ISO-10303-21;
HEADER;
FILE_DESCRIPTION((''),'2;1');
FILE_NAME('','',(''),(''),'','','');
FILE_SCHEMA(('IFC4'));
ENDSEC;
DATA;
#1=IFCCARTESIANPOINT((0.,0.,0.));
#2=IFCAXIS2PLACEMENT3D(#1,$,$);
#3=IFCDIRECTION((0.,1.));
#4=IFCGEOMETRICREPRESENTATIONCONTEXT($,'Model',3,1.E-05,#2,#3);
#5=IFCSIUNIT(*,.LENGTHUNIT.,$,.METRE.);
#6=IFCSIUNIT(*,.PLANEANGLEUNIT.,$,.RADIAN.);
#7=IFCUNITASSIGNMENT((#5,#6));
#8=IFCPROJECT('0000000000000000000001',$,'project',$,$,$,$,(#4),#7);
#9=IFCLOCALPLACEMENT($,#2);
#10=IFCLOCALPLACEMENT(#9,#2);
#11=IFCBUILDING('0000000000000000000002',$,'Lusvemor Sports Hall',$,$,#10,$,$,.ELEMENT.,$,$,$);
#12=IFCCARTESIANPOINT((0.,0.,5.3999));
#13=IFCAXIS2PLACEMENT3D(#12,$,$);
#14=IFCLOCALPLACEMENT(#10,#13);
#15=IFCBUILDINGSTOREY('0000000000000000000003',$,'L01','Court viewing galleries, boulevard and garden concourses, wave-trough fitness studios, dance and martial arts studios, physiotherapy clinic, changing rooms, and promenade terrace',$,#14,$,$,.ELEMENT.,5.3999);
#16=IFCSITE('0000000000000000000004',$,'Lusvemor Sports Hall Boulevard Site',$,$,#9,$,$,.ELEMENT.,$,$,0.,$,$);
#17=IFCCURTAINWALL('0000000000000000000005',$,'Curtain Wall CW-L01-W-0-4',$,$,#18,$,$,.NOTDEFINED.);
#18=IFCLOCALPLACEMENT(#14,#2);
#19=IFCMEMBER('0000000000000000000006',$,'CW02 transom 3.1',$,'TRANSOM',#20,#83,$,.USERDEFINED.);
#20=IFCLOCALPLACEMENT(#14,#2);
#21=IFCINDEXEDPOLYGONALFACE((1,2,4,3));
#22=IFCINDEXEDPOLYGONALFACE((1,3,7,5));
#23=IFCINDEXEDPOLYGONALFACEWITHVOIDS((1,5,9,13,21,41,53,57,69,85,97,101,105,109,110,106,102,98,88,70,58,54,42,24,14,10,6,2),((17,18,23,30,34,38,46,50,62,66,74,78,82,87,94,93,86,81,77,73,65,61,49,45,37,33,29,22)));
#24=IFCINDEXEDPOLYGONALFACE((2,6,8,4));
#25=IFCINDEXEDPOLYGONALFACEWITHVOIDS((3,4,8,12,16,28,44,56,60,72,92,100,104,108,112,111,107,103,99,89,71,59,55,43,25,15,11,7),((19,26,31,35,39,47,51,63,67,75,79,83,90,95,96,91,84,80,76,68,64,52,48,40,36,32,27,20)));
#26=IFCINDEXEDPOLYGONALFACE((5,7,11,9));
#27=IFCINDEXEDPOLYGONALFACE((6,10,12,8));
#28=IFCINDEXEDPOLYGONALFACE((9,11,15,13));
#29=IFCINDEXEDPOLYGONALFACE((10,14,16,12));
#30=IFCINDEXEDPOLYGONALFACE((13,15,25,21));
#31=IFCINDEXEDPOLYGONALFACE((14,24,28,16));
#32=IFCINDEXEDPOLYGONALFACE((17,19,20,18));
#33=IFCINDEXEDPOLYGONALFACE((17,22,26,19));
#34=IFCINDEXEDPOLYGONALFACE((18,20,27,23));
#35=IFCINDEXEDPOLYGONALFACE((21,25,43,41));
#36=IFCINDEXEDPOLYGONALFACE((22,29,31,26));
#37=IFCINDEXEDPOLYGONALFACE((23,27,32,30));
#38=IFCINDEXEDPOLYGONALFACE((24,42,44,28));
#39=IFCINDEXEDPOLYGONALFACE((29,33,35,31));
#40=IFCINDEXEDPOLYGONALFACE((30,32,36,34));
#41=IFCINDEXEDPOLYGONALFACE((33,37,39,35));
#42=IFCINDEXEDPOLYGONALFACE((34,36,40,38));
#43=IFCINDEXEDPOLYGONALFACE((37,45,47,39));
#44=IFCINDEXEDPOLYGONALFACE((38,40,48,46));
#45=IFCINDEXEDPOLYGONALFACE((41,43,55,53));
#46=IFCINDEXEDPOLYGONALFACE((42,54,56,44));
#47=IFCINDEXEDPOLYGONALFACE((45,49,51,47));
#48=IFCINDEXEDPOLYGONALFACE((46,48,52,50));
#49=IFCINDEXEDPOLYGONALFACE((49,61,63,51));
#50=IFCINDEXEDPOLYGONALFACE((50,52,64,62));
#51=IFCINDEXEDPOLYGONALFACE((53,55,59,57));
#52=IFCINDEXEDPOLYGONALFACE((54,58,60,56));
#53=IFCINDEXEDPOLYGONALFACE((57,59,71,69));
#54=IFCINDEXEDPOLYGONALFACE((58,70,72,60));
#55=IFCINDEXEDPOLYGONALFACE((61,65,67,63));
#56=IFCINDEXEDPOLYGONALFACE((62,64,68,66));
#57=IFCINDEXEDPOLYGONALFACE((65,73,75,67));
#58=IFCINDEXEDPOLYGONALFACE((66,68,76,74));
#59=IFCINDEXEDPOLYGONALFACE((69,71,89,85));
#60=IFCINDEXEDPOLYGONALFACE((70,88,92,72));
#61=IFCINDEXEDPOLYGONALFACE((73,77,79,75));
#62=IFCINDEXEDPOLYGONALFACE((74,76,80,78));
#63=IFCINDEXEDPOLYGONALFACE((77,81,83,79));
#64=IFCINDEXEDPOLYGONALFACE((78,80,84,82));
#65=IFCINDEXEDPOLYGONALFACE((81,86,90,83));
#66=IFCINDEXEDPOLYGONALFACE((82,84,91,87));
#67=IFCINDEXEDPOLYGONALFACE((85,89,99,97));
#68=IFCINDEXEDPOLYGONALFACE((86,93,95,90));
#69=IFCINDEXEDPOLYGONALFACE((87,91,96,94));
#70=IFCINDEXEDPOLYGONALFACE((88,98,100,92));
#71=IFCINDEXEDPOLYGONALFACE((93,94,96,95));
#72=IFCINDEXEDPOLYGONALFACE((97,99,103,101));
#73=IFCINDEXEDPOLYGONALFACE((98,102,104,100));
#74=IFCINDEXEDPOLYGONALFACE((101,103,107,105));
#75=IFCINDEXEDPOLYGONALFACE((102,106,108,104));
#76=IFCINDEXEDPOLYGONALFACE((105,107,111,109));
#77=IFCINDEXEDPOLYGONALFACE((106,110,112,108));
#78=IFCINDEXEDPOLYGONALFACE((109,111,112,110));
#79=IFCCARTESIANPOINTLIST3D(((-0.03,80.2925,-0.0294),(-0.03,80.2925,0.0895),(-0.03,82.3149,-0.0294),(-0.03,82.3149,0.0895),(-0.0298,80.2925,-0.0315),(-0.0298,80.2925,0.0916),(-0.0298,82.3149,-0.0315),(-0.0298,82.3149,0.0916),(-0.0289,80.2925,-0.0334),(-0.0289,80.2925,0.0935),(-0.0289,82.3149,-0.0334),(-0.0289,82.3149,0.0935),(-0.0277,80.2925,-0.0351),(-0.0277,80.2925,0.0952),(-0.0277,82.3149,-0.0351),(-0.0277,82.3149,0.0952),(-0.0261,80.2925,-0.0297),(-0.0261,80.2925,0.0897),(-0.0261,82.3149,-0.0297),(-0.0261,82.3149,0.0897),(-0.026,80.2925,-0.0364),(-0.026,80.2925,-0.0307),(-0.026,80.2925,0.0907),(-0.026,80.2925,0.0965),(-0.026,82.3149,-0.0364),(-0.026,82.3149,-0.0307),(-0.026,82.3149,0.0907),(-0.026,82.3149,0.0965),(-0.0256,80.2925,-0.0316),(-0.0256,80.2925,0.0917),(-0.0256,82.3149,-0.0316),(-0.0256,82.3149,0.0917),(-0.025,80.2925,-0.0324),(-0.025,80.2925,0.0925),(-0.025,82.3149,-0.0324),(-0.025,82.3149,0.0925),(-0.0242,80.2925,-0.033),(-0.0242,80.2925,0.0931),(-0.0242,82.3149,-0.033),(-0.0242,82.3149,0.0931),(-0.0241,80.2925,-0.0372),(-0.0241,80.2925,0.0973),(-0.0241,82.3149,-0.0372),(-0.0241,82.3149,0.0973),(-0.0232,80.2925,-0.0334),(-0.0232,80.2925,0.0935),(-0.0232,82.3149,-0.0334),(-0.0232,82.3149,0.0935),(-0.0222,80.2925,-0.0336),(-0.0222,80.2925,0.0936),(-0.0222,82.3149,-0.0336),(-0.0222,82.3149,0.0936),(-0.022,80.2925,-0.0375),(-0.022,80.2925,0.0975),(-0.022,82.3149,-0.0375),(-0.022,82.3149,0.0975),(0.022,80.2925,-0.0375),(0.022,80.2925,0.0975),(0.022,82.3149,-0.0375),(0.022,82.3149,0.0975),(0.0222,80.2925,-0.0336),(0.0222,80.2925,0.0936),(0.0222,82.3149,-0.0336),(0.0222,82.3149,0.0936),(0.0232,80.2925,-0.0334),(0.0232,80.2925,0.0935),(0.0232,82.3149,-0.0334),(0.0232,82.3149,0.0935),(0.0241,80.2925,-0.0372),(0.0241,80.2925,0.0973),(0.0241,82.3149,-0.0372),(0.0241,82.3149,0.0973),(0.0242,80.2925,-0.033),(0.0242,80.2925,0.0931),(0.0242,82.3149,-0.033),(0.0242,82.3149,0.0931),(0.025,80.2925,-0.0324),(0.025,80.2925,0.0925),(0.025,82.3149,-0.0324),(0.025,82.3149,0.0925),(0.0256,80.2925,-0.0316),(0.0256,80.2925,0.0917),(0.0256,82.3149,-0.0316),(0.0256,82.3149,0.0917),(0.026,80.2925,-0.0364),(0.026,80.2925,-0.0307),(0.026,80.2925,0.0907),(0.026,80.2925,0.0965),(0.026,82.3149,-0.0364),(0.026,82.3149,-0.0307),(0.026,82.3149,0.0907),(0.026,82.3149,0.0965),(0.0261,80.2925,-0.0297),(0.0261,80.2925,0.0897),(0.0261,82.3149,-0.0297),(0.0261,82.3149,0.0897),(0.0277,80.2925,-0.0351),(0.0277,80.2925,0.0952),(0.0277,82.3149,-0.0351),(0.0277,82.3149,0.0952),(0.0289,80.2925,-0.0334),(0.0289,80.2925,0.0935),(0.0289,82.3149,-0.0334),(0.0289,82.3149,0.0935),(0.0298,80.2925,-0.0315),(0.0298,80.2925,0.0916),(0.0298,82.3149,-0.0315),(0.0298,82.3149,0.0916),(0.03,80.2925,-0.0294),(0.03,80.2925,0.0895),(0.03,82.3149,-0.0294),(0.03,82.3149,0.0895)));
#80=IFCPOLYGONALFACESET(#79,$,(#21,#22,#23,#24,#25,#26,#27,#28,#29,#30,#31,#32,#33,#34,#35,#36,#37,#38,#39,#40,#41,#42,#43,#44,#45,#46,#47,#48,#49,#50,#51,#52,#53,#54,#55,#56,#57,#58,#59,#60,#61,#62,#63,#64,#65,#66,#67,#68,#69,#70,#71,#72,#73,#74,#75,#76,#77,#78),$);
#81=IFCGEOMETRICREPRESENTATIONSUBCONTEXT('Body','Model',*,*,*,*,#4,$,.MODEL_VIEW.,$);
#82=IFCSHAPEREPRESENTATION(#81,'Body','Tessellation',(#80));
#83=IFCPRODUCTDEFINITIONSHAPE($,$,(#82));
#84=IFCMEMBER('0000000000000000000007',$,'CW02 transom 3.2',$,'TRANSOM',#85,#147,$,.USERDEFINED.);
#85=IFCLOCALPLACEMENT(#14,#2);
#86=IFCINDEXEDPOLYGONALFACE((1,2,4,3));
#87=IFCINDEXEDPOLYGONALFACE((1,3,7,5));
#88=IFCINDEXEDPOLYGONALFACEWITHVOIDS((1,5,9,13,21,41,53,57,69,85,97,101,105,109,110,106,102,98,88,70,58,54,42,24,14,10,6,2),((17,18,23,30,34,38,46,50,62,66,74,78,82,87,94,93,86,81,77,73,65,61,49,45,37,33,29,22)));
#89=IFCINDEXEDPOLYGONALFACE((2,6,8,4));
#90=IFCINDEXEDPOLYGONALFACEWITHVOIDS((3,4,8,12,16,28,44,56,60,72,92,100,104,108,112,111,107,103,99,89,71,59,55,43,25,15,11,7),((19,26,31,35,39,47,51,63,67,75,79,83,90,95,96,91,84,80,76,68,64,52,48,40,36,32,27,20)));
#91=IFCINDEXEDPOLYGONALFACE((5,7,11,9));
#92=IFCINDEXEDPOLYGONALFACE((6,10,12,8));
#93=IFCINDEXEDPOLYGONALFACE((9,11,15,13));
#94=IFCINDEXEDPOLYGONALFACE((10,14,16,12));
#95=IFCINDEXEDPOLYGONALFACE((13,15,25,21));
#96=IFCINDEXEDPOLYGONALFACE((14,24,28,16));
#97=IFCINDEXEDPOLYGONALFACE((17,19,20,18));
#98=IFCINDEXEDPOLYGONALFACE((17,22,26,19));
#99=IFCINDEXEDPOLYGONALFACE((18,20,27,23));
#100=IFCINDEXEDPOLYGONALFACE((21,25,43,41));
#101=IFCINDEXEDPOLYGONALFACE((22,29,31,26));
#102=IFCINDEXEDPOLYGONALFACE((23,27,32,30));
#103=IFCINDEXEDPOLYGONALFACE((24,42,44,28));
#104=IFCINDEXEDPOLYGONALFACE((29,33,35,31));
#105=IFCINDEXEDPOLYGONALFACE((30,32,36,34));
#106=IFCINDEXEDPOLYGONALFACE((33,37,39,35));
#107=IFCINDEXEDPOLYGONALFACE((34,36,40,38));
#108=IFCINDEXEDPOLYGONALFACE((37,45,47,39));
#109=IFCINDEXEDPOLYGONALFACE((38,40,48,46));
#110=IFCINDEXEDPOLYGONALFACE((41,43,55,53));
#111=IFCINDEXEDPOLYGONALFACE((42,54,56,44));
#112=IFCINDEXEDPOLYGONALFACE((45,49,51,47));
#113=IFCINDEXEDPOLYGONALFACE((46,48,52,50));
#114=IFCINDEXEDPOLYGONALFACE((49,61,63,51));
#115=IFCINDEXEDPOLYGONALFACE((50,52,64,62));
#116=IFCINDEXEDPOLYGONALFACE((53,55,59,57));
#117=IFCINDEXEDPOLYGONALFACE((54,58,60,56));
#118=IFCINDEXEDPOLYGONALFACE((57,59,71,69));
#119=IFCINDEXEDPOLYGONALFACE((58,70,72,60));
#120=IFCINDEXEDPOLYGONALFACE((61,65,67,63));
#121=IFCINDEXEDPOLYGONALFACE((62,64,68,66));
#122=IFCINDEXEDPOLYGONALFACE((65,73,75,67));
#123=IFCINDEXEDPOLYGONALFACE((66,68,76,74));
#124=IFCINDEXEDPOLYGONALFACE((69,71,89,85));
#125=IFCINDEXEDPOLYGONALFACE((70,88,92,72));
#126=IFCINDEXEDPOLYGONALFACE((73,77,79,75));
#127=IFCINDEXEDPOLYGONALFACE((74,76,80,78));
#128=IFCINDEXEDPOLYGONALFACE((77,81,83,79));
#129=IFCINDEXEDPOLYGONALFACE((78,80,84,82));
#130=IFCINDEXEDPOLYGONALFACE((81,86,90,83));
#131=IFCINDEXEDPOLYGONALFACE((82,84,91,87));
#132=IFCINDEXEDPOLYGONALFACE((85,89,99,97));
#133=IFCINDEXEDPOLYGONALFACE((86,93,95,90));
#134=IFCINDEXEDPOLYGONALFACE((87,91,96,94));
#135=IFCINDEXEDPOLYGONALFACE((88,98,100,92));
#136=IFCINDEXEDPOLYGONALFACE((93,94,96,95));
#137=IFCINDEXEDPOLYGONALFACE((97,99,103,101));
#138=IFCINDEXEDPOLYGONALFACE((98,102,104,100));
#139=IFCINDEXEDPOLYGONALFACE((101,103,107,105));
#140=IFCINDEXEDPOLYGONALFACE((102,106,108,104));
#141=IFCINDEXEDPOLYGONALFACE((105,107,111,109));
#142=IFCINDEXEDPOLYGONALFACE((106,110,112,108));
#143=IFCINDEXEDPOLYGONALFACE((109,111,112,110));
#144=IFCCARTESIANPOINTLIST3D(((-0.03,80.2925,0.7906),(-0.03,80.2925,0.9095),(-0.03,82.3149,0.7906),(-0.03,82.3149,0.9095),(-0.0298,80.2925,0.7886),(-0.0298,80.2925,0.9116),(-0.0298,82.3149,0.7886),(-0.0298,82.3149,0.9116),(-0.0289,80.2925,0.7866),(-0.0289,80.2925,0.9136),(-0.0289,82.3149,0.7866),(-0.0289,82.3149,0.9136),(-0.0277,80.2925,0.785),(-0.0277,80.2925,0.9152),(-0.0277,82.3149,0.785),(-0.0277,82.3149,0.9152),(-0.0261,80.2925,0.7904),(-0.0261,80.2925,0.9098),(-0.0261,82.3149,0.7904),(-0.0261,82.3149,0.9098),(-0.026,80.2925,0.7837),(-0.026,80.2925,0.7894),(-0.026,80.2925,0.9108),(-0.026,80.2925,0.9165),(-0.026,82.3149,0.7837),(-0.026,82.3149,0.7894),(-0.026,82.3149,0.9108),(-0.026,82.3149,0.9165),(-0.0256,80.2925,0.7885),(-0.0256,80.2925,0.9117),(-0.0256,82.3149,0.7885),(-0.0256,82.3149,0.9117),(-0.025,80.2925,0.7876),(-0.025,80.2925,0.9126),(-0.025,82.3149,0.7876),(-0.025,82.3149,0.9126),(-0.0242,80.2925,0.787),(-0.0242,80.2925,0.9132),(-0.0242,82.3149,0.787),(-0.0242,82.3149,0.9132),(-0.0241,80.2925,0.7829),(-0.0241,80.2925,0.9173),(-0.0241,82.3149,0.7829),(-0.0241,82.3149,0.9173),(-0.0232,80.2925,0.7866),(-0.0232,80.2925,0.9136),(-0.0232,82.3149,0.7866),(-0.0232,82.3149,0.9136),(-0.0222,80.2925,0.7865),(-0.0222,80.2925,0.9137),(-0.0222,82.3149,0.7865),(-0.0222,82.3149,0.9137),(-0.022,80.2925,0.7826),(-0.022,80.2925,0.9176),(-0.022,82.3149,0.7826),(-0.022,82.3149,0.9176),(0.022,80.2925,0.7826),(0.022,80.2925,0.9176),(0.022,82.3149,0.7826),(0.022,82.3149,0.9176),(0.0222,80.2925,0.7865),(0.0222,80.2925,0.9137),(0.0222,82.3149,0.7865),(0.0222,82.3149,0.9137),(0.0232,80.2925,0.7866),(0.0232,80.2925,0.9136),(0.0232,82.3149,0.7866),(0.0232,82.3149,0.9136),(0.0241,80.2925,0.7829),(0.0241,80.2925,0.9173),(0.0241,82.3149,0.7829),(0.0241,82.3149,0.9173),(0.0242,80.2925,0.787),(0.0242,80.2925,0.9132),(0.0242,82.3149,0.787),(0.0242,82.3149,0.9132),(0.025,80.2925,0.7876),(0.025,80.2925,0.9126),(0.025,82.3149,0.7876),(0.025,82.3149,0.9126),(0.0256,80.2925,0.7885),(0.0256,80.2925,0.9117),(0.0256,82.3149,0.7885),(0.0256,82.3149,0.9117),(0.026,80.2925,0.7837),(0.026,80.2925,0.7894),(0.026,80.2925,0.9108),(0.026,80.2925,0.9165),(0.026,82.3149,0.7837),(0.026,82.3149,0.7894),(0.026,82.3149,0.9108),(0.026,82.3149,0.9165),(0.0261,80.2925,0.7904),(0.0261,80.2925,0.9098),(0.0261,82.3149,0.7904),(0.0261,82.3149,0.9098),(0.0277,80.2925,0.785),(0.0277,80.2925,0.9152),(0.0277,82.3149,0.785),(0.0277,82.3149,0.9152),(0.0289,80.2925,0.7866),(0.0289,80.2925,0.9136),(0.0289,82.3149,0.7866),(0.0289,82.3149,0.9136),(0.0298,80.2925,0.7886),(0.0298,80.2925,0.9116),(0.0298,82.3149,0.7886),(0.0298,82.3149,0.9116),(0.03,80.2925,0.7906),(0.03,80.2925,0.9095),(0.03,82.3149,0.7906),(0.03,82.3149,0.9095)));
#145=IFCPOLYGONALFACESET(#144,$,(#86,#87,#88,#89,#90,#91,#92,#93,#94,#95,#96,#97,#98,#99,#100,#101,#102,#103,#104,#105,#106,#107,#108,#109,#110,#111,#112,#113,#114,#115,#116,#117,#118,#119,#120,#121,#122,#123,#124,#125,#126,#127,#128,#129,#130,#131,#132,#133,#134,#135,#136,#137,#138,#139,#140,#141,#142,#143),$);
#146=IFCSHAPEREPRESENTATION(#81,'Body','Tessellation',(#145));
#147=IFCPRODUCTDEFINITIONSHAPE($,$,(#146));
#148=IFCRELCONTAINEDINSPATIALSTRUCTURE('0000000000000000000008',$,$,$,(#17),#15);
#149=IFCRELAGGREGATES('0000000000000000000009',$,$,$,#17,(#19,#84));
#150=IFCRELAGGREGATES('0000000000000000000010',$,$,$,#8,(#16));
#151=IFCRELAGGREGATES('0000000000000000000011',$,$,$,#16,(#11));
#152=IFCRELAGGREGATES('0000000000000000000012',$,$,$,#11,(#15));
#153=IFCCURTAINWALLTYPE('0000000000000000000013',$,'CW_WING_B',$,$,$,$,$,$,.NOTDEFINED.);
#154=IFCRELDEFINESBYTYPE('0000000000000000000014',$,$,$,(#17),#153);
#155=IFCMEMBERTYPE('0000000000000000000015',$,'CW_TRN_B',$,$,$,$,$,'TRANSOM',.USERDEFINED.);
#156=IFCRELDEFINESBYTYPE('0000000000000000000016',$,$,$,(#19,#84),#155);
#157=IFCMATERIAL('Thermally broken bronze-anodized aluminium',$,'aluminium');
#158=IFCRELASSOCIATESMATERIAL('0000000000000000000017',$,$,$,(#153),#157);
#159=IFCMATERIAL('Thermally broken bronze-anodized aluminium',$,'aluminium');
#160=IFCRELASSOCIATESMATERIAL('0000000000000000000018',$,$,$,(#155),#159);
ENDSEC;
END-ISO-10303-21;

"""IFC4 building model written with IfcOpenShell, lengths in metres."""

from ifc_helpers import new_model, si_unit, direction, frame, origin, origin_2d, place, context, subcontext, project, spatial, hollow_rectangle, extrude, material, material_profile, profile_set, type_object, element, aggregate, save


model = new_model("IFC4")

# Units and contexts
model_context = context("Model", 3, precision=1e-05, world=origin(), true_north=direction((0.0, 1.0)))
body_context = subcontext(model_context, "Body", "Model", "MODEL_VIEW")
ifc_project = project(units=[si_unit("LENGTHUNIT", "METRE"), si_unit("PLANEANGLEUNIT", "RADIAN")], contexts=[model_context])

# Site, building, storey
site_placement = place(None, origin())
site = spatial("IfcSite", under=ifc_project, at=site_placement, Name="Lusvemor Sports Hall Boulevard Site", CompositionType="ELEMENT", RefElevation=0.0)
building_placement = place(site_placement, origin())
building = spatial("IfcBuilding", under=site, at=building_placement, Name="Lusvemor Sports Hall", CompositionType="ELEMENT")
storey_placement = place(building_placement, frame((0.0, 0.0, 5.3999)))
storey = spatial("IfcBuildingStorey", under=building, at=storey_placement, Name="L01", Description="Court viewing galleries, boulevard and garden concourses, wave-trough fitness studios, dance and martial arts studios, physiotherapy clinic, changing rooms, and promenade terrace", CompositionType="ELEMENT", Elevation=5.3999)

# Curtain wall, members
ifc_material_1 = material(Name="Thermally broken bronze-anodized aluminium", Category="aluminium")
curtain_wall_type = type_object("IfcCurtainWallType", Name="CW_WING_B", PredefinedType="NOTDEFINED", material=ifc_material_1)
curtain_wall_placement = place(storey_placement, origin())
curtain_wall = element("IfcCurtainWall", 1, at=curtain_wall_placement, inside=storey, type_object=curtain_wall_type, Name="Curtain Wall CW-L01-W-0-4", PredefinedType="NOTDEFINED")
ifc_material_2 = material(Name="Thermally broken bronze-anodized aluminium", Category="aluminium")
ifc_material_profile_1 = material_profile(ifc_material_2, hollow_rectangle(XDim=0.0601, YDim=0.135, WallThickness=0.0039, InnerFilletRadius=0.0039, OuterFilletRadius=0.0081, at=origin_2d()), Name="CWTRN135x60x4")
ifc_profile_set_1 = profile_set([ifc_material_profile_1], Name="Thermally broken bronze-anodized aluminium")
member_type_1 = type_object("IfcMemberType", Name="CW_TRN_B", ElementType="TRANSOM", PredefinedType="USERDEFINED", material=ifc_profile_set_1)
member_1_placement = place(storey_placement, frame((0.0, 80.2925, 0.03), z_axis=(0.0, 1.0, 0.0), x_axis=(-1.0, 0.0, 0.0)))
member_1 = element("IfcMember", 2, at=member_1_placement, type_object=member_type_1, Name="CW02 transom 3.1", ObjectType="TRANSOM", PredefinedType="USERDEFINED", context=body_context, shape_type="SweptSolid", body=[
    extrude(hollow_rectangle(XDim=0.0601, YDim=0.135, WallThickness=0.0039, InnerFilletRadius=0.0039, OuterFilletRadius=0.0081, at=origin_2d()), origin(), (0.0, 0.0, 1.0), 2.0225),
])
member_2_placement = place(storey_placement, frame((0.0, 80.2925, 0.8501), z_axis=(0.0, 1.0, 0.0), x_axis=(-1.0, 0.0, 0.0)))
member_2 = element("IfcMember", 3, at=member_2_placement, type_object=member_type_1, Name="CW02 transom 3.2", ObjectType="TRANSOM", PredefinedType="USERDEFINED", context=body_context, shape_type="SweptSolid", body=[
    extrude(hollow_rectangle(XDim=0.0601, YDim=0.135, WallThickness=0.0039, InnerFilletRadius=0.0039, OuterFilletRadius=0.0081, at=origin_2d()), origin(), (0.0, 0.0, 1.0), 2.0225),
])

aggregate(curtain_wall, [member_1, member_2])

save(model, "model.ifc")
